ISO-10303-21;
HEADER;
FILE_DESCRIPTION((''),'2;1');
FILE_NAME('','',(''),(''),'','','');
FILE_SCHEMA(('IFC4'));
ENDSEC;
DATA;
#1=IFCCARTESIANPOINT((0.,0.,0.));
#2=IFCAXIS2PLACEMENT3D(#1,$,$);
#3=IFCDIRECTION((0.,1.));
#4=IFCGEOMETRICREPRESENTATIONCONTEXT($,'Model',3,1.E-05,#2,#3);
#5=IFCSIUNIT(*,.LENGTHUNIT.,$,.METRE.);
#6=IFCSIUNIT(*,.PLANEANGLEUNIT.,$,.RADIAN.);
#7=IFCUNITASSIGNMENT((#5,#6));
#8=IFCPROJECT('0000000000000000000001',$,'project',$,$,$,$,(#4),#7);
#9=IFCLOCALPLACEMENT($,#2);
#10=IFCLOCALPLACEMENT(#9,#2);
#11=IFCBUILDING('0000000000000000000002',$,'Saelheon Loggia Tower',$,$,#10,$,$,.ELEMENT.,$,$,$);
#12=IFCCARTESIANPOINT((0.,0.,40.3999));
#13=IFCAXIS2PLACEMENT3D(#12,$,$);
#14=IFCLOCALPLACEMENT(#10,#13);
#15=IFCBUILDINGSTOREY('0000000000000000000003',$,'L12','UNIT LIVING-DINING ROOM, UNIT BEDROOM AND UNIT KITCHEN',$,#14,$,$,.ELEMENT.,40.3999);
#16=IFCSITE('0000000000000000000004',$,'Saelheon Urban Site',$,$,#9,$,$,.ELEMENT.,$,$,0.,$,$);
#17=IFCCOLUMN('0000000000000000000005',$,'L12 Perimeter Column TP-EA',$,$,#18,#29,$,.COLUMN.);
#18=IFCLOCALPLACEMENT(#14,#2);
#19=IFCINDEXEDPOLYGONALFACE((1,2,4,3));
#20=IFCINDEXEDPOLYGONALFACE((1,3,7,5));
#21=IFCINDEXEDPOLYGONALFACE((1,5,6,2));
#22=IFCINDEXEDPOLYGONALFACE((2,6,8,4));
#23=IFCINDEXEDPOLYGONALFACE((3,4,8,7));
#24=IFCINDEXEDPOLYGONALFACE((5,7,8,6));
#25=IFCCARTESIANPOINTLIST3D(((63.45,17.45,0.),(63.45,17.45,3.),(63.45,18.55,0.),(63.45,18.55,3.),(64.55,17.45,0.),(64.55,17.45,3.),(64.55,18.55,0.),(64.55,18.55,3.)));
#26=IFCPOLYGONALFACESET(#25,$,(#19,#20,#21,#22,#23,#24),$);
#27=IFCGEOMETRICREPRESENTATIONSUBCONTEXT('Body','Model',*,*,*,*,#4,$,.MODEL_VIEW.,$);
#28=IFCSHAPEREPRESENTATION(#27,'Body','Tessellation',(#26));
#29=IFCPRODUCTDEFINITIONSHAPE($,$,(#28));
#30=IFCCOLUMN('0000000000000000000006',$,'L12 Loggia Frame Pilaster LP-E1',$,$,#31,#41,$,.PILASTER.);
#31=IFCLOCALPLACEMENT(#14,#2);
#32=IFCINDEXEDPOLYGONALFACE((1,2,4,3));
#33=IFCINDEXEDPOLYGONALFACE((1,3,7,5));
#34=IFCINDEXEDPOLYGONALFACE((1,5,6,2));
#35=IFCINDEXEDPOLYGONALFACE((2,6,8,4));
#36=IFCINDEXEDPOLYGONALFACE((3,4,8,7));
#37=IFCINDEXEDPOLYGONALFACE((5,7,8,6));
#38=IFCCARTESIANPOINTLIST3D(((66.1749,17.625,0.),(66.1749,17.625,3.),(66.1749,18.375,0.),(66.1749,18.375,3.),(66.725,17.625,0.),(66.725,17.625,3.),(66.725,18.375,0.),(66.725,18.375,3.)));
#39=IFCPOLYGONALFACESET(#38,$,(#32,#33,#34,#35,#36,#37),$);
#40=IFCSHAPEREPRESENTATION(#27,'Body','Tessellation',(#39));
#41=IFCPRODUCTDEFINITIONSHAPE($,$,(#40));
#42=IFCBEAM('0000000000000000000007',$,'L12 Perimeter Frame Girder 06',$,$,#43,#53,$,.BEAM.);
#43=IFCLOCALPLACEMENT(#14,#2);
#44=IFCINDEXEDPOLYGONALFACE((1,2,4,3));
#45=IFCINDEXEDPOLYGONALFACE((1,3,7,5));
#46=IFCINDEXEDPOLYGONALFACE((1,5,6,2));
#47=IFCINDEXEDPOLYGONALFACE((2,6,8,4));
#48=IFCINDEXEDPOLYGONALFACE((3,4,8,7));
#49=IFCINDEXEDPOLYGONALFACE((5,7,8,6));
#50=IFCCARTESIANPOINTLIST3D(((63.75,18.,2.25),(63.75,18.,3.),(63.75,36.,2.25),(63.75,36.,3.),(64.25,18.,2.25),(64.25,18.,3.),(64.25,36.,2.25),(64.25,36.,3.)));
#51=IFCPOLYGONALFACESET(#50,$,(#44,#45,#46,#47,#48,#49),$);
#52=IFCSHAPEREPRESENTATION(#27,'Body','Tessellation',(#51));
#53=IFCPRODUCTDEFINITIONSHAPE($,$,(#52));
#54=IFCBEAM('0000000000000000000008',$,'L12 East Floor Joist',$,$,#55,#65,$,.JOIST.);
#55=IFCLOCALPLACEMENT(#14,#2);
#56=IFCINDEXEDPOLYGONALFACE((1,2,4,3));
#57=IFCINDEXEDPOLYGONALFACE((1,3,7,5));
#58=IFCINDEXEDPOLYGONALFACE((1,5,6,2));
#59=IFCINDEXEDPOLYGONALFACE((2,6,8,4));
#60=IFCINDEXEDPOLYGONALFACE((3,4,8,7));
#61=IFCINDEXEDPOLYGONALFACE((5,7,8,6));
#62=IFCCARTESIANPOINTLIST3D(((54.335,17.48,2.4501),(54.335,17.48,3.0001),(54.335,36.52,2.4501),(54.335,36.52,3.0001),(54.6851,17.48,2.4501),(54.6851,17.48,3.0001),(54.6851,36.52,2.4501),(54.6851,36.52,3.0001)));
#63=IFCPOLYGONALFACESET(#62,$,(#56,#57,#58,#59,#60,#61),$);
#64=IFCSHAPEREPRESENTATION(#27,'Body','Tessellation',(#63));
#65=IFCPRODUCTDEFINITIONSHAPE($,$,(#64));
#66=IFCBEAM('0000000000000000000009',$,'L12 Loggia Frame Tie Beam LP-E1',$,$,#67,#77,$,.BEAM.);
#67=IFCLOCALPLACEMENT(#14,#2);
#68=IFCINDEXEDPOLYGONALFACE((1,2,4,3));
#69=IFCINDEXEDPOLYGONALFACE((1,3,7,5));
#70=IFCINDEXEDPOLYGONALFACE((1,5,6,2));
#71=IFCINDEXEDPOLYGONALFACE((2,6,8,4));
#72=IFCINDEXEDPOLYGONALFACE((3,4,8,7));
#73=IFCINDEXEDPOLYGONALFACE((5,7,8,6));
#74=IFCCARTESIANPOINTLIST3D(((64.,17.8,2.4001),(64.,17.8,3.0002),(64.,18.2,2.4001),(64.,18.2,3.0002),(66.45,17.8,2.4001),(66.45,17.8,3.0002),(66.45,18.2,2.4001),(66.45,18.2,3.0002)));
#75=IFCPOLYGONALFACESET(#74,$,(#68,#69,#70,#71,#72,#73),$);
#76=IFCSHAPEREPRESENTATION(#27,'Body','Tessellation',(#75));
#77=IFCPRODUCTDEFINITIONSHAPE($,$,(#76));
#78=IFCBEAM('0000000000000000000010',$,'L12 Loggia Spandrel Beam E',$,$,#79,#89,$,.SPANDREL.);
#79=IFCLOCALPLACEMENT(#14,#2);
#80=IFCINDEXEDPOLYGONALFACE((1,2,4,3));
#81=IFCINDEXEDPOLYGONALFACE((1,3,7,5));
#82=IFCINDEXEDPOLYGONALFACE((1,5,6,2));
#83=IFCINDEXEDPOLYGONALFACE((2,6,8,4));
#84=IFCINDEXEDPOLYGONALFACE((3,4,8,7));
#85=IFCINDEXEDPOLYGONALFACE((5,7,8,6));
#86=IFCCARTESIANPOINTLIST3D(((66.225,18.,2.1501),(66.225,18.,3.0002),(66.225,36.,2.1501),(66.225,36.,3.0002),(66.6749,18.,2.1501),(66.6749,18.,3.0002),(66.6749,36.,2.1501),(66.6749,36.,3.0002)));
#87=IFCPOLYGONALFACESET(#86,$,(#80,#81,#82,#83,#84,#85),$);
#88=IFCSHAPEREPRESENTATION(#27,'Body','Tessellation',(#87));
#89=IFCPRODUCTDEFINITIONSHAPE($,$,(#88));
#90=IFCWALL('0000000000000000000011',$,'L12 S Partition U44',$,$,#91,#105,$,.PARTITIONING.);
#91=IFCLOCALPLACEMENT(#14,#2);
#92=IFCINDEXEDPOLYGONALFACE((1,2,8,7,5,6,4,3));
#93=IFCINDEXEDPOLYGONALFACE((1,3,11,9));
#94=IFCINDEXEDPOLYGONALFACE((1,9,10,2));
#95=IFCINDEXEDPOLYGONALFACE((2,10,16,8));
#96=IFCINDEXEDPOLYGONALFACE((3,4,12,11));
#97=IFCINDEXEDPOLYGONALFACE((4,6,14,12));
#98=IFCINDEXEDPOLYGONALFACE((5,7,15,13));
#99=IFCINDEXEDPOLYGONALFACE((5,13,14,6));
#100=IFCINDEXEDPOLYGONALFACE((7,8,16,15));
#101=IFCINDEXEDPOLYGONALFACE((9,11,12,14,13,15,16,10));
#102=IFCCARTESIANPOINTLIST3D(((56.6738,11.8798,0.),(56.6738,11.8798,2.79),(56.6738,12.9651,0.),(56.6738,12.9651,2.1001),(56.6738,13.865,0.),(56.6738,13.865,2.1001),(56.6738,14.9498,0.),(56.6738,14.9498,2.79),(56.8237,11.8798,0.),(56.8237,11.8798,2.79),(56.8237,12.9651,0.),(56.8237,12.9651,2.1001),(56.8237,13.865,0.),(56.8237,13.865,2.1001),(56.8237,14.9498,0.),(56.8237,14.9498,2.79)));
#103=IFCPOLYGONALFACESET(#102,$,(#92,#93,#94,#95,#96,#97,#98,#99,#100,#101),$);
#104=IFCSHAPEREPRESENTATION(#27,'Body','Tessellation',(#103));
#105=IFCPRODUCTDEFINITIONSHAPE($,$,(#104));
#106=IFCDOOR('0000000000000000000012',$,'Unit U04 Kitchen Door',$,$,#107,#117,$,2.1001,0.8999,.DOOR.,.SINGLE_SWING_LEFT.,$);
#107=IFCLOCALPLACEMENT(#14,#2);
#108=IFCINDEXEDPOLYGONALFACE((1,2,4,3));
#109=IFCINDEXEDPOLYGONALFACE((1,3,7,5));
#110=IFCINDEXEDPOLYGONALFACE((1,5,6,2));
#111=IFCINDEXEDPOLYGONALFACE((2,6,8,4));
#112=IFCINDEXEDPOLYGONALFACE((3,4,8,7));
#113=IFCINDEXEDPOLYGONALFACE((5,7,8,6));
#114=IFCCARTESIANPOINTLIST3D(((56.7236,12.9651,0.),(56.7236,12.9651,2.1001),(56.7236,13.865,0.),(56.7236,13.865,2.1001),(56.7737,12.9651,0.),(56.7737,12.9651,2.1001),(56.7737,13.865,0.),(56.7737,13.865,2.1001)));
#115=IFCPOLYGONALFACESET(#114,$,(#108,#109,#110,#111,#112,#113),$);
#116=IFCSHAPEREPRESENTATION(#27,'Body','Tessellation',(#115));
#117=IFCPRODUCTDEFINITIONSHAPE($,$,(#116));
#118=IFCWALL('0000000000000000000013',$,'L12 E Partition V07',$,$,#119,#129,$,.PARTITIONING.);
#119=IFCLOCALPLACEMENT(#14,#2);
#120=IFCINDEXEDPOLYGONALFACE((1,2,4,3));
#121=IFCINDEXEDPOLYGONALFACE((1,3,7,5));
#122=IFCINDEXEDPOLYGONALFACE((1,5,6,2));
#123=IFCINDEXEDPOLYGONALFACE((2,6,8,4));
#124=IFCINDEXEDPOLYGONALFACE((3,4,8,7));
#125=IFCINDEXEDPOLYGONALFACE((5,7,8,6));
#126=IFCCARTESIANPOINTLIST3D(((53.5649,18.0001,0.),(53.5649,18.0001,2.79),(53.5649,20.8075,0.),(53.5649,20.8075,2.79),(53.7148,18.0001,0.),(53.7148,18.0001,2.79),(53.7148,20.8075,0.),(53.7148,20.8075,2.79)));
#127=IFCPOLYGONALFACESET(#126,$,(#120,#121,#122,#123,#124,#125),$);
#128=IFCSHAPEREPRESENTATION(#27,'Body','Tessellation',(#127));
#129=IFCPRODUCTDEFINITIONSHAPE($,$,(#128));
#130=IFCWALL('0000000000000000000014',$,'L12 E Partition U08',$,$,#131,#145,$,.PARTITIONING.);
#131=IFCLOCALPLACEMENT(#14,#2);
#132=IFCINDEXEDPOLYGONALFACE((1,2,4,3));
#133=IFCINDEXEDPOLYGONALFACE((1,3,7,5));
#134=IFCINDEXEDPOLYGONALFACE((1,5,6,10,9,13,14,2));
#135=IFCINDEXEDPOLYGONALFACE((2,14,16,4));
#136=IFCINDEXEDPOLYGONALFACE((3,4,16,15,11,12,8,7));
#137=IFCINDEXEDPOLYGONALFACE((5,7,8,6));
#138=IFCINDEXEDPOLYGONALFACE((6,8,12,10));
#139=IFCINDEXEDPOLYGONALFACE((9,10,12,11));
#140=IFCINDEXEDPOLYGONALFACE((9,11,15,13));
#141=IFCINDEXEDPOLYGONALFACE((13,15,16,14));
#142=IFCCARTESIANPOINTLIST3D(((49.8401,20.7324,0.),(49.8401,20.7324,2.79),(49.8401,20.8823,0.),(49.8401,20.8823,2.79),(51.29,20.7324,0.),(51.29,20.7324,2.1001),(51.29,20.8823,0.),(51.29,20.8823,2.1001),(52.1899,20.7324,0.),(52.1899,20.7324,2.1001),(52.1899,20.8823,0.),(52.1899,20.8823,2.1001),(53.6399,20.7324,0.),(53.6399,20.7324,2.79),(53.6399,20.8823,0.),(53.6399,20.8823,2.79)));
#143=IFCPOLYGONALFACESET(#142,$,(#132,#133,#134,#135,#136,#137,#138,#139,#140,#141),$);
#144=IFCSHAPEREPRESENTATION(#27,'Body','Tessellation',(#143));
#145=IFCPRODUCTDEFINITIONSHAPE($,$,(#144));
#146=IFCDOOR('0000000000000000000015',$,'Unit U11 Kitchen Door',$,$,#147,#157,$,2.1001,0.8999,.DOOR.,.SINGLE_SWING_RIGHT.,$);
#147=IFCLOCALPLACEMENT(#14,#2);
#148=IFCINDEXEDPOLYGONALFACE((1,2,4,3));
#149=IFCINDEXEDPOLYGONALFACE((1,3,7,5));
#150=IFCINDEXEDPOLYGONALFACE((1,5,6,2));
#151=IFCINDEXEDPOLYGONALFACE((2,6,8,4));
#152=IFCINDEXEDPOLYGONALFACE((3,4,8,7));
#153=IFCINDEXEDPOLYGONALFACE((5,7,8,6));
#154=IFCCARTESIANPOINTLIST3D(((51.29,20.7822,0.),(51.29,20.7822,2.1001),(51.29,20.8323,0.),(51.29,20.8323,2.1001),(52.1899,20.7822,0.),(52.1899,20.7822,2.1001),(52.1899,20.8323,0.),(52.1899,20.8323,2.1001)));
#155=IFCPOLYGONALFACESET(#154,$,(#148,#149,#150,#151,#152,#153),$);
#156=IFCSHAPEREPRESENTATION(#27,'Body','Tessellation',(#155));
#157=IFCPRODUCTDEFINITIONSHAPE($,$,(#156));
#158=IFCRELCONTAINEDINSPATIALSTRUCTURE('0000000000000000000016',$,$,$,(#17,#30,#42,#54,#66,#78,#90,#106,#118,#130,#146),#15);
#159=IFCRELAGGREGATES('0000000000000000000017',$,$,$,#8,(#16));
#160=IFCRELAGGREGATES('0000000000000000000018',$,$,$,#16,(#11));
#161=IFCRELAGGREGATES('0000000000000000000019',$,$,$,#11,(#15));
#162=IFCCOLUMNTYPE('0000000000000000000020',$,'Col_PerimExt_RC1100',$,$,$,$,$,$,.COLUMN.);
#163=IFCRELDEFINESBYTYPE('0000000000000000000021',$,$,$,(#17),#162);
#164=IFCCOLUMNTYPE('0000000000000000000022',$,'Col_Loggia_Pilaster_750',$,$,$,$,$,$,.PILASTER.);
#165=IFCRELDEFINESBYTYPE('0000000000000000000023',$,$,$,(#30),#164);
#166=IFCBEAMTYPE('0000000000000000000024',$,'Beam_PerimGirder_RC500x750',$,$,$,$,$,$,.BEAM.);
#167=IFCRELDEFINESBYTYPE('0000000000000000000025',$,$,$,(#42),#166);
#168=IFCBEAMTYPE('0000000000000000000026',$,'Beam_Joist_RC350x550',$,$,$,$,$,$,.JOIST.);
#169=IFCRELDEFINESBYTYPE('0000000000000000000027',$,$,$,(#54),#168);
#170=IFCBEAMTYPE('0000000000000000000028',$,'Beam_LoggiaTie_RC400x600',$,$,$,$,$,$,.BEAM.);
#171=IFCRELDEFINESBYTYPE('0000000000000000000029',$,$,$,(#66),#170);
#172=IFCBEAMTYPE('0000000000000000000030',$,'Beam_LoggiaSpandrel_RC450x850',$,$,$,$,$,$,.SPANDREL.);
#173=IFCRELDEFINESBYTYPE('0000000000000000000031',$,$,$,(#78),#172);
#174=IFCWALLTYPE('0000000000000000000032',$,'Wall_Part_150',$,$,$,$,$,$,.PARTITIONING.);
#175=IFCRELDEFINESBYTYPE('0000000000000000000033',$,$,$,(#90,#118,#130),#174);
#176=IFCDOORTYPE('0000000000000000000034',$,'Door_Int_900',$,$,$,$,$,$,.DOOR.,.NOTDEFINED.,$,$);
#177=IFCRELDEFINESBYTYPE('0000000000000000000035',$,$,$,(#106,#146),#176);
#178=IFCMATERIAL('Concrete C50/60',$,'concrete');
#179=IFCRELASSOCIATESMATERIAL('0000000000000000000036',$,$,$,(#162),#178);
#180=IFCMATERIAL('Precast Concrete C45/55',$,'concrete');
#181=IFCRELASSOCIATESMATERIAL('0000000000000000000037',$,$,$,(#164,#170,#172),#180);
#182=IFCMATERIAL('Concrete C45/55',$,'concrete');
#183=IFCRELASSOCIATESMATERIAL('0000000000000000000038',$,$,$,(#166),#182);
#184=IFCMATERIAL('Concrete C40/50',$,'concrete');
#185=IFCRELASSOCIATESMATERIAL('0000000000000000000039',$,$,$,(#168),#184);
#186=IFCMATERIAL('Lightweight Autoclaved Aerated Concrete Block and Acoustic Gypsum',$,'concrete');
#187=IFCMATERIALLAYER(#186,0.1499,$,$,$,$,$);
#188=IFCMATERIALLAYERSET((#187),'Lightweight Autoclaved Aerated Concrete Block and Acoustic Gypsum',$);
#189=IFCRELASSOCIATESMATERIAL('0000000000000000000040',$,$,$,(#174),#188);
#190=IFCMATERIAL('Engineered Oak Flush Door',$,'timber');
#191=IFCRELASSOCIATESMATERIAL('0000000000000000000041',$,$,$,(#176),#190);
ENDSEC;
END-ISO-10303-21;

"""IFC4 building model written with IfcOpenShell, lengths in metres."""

from ifc_helpers import new_model, si_unit, direction, frame, frame_2d, origin, origin_2d, place, context, subcontext, project, spatial, rectangle, extrude, source, transform, mapped, material, layer, layer_set, material_profile, profile_set, type_object, element, fill, save


model = new_model("IFC4")

# Units and contexts
model_context = context("Model", 3, precision=1e-05, world=origin(), true_north=direction((0.0, 1.0)))
body_context = subcontext(model_context, "Body", "Model", "MODEL_VIEW")
ifc_project = project(units=[si_unit("LENGTHUNIT", "METRE"), si_unit("PLANEANGLEUNIT", "RADIAN")], contexts=[model_context])

# Site, building, storey
site_placement = place(None, origin())
site = spatial("IfcSite", under=ifc_project, at=site_placement, Name="Saelheon Urban Site", CompositionType="ELEMENT", RefElevation=0.0)
building_placement = place(site_placement, origin())
building = spatial("IfcBuilding", under=site, at=building_placement, Name="Saelheon Loggia Tower", CompositionType="ELEMENT")
storey_placement = place(building_placement, frame((0.0, 0.0, 40.3999)))
storey = spatial("IfcBuildingStorey", under=building, at=storey_placement, Name="L12", Description="UNIT LIVING-DINING ROOM, UNIT BEDROOM AND UNIT KITCHEN", CompositionType="ELEMENT", Elevation=40.3999)

# Columns
ifc_material_1 = material(Name="Concrete C50/60", Category="concrete")
ifc_material_profile_1 = material_profile(ifc_material_1, rectangle(XDim=1.1001, YDim=1.1001, at=origin_2d()), Name="RC-1100x1100")
ifc_profile_set_1 = profile_set([ifc_material_profile_1], Name="Concrete C50/60")
column_type_1 = type_object("IfcColumnType", Name="Col_PerimExt_RC1100", PredefinedType="COLUMN", material=ifc_profile_set_1)
shared_shape_1 = source(origin(), body_context, "Body", "SweptSolid", [
    extrude(rectangle(XDim=1.1001, YDim=1.1001, at=origin_2d()), origin(), (0.0, 0.0, 1.0), 3.0),
])
column_1_placement = place(storey_placement, frame((64.0, 18.0, 0.0), z_axis=(0.0, 0.0, 1.0), x_axis=(1.0, 0.0, 0.0)))
element("IfcColumn", 1, at=column_1_placement, inside=storey, type_object=column_type_1, Name="L12 Perimeter Column TP-EA", PredefinedType="COLUMN", context=body_context, shape_type="MappedRepresentation", body=[
    mapped(shared_shape_1, transform((0.0, 0.0, 0.0), scale=1.0)),
])
ifc_material_2 = material(Name="Precast Concrete C45/55", Category="concrete")
ifc_material_profile_2 = material_profile(ifc_material_2, rectangle(XDim=0.55, YDim=0.75, at=origin_2d()), Name="RC-550x750")
ifc_profile_set_2 = profile_set([ifc_material_profile_2], Name="Precast Concrete C45/55")
column_type_2 = type_object("IfcColumnType", Name="Col_Loggia_Pilaster_750", PredefinedType="PILASTER", material=ifc_profile_set_2)
shared_shape_2 = source(origin(), body_context, "Body", "SweptSolid", [
    extrude(rectangle(XDim=0.55, YDim=0.75, at=origin_2d()), origin(), (0.0, 0.0, 1.0), 3.0),
])
column_2_placement = place(storey_placement, frame((66.45, 18.0, 0.0), z_axis=(0.0, 0.0, 1.0), x_axis=(1.0, 0.0, 0.0)))
element("IfcColumn", 2, at=column_2_placement, inside=storey, type_object=column_type_2, Name="L12 Loggia Frame Pilaster LP-E1", PredefinedType="PILASTER", context=body_context, shape_type="MappedRepresentation", body=[
    mapped(shared_shape_2, transform((0.0, 0.0, 0.0), scale=1.0)),
])

# Beams
ifc_material_3 = material(Name="Concrete C45/55", Category="concrete")
ifc_material_profile_3 = material_profile(ifc_material_3, rectangle(XDim=0.5, YDim=0.75, at=origin_2d()), Name="RC-500x750")
ifc_profile_set_3 = profile_set([ifc_material_profile_3], Name="Concrete C45/55")
beam_type_1 = type_object("IfcBeamType", Name="Beam_PerimGirder_RC500x750", PredefinedType="BEAM", material=ifc_profile_set_3)
shared_shape_3 = source(origin(), body_context, "Body", "SweptSolid", [
    extrude(rectangle(XDim=0.5, YDim=0.75, at=origin_2d()), origin(), (0.0, 0.0, 1.0), 18.0),
])
beam_1_placement = place(storey_placement, frame((64.0, 18.0, 2.625), z_axis=(0.0, 1.0, 0.0), x_axis=(-1.0, 0.0, 0.0)))
element("IfcBeam", 3, at=beam_1_placement, inside=storey, type_object=beam_type_1, Name="L12 Perimeter Frame Girder 06", PredefinedType="BEAM", context=body_context, shape_type="MappedRepresentation", body=[
    mapped(shared_shape_3, transform((0.0, 0.0, 0.0), scale=1.0)),
])
ifc_material_4 = material(Name="Concrete C40/50", Category="concrete")
ifc_material_profile_4 = material_profile(ifc_material_4, rectangle(XDim=0.3501, YDim=0.55, at=origin_2d()), Name="RC-350x550")
ifc_profile_set_4 = profile_set([ifc_material_profile_4], Name="Concrete C40/50")
beam_type_2 = type_object("IfcBeamType", Name="Beam_Joist_RC350x550", PredefinedType="JOIST", material=ifc_profile_set_4)
shared_shape_4 = source(origin(), body_context, "Body", "SweptSolid", [
    extrude(rectangle(XDim=0.3501, YDim=0.55, at=origin_2d()), origin(), (0.0, 0.0, 1.0), 19.04),
])
beam_2_placement = place(storey_placement, frame((54.51, 17.48, 2.7251), z_axis=(0.0, 1.0, 0.0), x_axis=(-1.0, 0.0, 0.0)))
element("IfcBeam", 4, at=beam_2_placement, inside=storey, type_object=beam_type_2, Name="L12 East Floor Joist", PredefinedType="JOIST", context=body_context, shape_type="MappedRepresentation", body=[
    mapped(shared_shape_4, transform((0.0, 0.0, 0.0), scale=1.0)),
])
ifc_material_profile_5 = material_profile(ifc_material_2, rectangle(XDim=0.3999, YDim=0.6001, at=origin_2d()), Name="RC-400x600")
ifc_profile_set_5 = profile_set([ifc_material_profile_5], Name="Precast Concrete C45/55")
beam_type_3 = type_object("IfcBeamType", Name="Beam_LoggiaTie_RC400x600", PredefinedType="BEAM", material=ifc_profile_set_5)
shared_shape_5 = source(origin(), body_context, "Body", "SweptSolid", [
    extrude(rectangle(XDim=0.3999, YDim=0.6001, at=origin_2d()), origin(), (0.0, 0.0, 1.0), 2.45),
])
beam_3_placement = place(storey_placement, frame((64.0, 18.0, 2.7002), z_axis=(1.0, 0.0, 0.0), x_axis=(0.0, 1.0, 0.0)))
element("IfcBeam", 5, at=beam_3_placement, inside=storey, type_object=beam_type_3, Name="L12 Loggia Frame Tie Beam LP-E1", PredefinedType="BEAM", context=body_context, shape_type="MappedRepresentation", body=[
    mapped(shared_shape_5, transform((0.0, 0.0, 0.0), scale=1.0)),
])
ifc_material_profile_6 = material_profile(ifc_material_2, rectangle(XDim=0.45, YDim=0.8501, at=origin_2d()), Name="RC-450x850")
ifc_profile_set_6 = profile_set([ifc_material_profile_6], Name="Precast Concrete C45/55")
beam_type_4 = type_object("IfcBeamType", Name="Beam_LoggiaSpandrel_RC450x850", PredefinedType="SPANDREL", material=ifc_profile_set_6)
shared_shape_6 = source(origin(), body_context, "Body", "SweptSolid", [
    extrude(rectangle(XDim=0.45, YDim=0.8501, at=origin_2d()), origin(), (0.0, 0.0, 1.0), 18.0),
])
beam_4_placement = place(storey_placement, frame((66.45, 18.0, 2.5752), z_axis=(0.0, 1.0, 0.0), x_axis=(-1.0, 0.0, 0.0)))
element("IfcBeam", 6, at=beam_4_placement, inside=storey, type_object=beam_type_4, Name="L12 Loggia Spandrel Beam E", PredefinedType="SPANDREL", context=body_context, shape_type="MappedRepresentation", body=[
    mapped(shared_shape_6, transform((0.0, 0.0, 0.0), scale=1.0)),
])

# Wall, opening, door
ifc_material_5 = material(Name="Lightweight Autoclaved Aerated Concrete Block and Acoustic Gypsum", Category="concrete")
ifc_layer_1 = layer(ifc_material_5, 0.1499)
ifc_layer_set_1 = layer_set([ifc_layer_1], Name="Lightweight Autoclaved Aerated Concrete Block and Acoustic Gypsum")
wall_type_1 = type_object("IfcWallType", Name="Wall_Part_150", PredefinedType="PARTITIONING", material=ifc_layer_set_1)
wall_1_placement = place(storey_placement, frame((56.7488, 14.95, 0.0), z_axis=(0.0, 0.0, 1.0), x_axis=(0.0, -1.0, 0.0)))
wall_1 = element("IfcWall", 7, at=wall_1_placement, inside=storey, type_object=wall_type_1, Name="L12 S Partition U44", PredefinedType="PARTITIONING", context=body_context, shape_type="SweptSolid", body=[
    extrude(rectangle(XDim=3.0701, YDim=0.1499, at=frame_2d((1.5352, 0.0))), origin(), (0.0, 0.0, 1.0), 2.79),
])
opening_1_placement = place(wall_1_placement, frame((1.085, 0.0, 0.0)))
opening_1 = element("IfcOpeningElement", 8, at=opening_1_placement, cuts=wall_1, PredefinedType="OPENING", context=body_context, shape_type="SweptSolid", body=[
    extrude(rectangle(XDim=0.8999, YDim=2.1001, at=frame_2d((0.45, 1.05))), frame((0.0, 0.0869, 0.0), z_axis=(0.0, -1.0, 0.0), x_axis=(1.0, 0.0, 0.0)), (0.0, 0.0, 1.0), 0.1738),
])
ifc_material_6 = material(Name="Engineered Oak Flush Door", Category="timber")
door_type_1 = type_object("IfcDoorType", Name="Door_Int_900", OperationType="NOTDEFINED", PredefinedType="DOOR", material=ifc_material_6)
shared_shape_7 = source(origin(), body_context, "Body", "SweptSolid", [
    extrude(rectangle(XDim=0.8999, YDim=2.1001, at=frame_2d((0.45, 1.05))), frame((0.0, 0.0249, 0.0), z_axis=(0.0, -1.0, 0.0), x_axis=(1.0, 0.0, 0.0)), (0.0, 0.0, 1.0), 0.05),
])
door_1_placement = place(opening_1_placement, origin())
door_1 = element("IfcDoor", 9, at=door_1_placement, inside=storey, type_object=door_type_1, Name="Unit U04 Kitchen Door", OperationType="SINGLE_SWING_LEFT", OverallHeight=2.1001, OverallWidth=0.8999, PredefinedType="DOOR", context=body_context, shape_type="MappedRepresentation", body=[
    mapped(shared_shape_7, transform((0.0, 0.0, 0.0), scale=1.0)),
])
fill(opening_1, door_1)

# Wall
wall_2_placement = place(storey_placement, frame((53.6399, 18.0, 0.0), z_axis=(0.0, 0.0, 1.0), x_axis=(0.0, 1.0, 0.0)))
element("IfcWall", 10, at=wall_2_placement, inside=storey, type_object=wall_type_1, Name="L12 E Partition V07", PredefinedType="PARTITIONING", context=body_context, shape_type="SweptSolid", body=[
    extrude(rectangle(XDim=2.8074, YDim=0.1499, at=frame_2d((1.4038, 0.0))), origin(), (0.0, 0.0, 1.0), 2.79),
])

# Wall, opening, door
wall_3_placement = place(storey_placement, frame((49.8401, 20.8074, 0.0), z_axis=(0.0, 0.0, 1.0), x_axis=(1.0, 0.0, 0.0)))
wall_3 = element("IfcWall", 11, at=wall_3_placement, inside=storey, type_object=wall_type_1, Name="L12 E Partition U08", PredefinedType="PARTITIONING", context=body_context, shape_type="SweptSolid", body=[
    extrude(rectangle(XDim=3.7998, YDim=0.1499, at=frame_2d((1.8999, 0.0))), origin(), (0.0, 0.0, 1.0), 2.79),
])
opening_2_placement = place(wall_3_placement, frame((1.45, 0.0, 0.0)))
opening_2 = element("IfcOpeningElement", 12, at=opening_2_placement, cuts=wall_3, PredefinedType="OPENING", context=body_context, shape_type="SweptSolid", body=[
    extrude(rectangle(XDim=0.8999, YDim=2.1001, at=frame_2d((0.45, 1.05))), frame((0.0, 0.0869, 0.0), z_axis=(0.0, -1.0, 0.0), x_axis=(1.0, 0.0, 0.0)), (0.0, 0.0, 1.0), 0.1738),
])
door_2_placement = place(opening_2_placement, origin())
door_2 = element("IfcDoor", 13, at=door_2_placement, inside=storey, type_object=door_type_1, Name="Unit U11 Kitchen Door", OperationType="SINGLE_SWING_RIGHT", OverallHeight=2.1001, OverallWidth=0.8999, PredefinedType="DOOR", context=body_context, shape_type="MappedRepresentation", body=[
    mapped(shared_shape_7, transform((0.0, 0.0, 0.0), scale=1.0)),
])
fill(opening_2, door_2)

save(model, "model.ifc")
